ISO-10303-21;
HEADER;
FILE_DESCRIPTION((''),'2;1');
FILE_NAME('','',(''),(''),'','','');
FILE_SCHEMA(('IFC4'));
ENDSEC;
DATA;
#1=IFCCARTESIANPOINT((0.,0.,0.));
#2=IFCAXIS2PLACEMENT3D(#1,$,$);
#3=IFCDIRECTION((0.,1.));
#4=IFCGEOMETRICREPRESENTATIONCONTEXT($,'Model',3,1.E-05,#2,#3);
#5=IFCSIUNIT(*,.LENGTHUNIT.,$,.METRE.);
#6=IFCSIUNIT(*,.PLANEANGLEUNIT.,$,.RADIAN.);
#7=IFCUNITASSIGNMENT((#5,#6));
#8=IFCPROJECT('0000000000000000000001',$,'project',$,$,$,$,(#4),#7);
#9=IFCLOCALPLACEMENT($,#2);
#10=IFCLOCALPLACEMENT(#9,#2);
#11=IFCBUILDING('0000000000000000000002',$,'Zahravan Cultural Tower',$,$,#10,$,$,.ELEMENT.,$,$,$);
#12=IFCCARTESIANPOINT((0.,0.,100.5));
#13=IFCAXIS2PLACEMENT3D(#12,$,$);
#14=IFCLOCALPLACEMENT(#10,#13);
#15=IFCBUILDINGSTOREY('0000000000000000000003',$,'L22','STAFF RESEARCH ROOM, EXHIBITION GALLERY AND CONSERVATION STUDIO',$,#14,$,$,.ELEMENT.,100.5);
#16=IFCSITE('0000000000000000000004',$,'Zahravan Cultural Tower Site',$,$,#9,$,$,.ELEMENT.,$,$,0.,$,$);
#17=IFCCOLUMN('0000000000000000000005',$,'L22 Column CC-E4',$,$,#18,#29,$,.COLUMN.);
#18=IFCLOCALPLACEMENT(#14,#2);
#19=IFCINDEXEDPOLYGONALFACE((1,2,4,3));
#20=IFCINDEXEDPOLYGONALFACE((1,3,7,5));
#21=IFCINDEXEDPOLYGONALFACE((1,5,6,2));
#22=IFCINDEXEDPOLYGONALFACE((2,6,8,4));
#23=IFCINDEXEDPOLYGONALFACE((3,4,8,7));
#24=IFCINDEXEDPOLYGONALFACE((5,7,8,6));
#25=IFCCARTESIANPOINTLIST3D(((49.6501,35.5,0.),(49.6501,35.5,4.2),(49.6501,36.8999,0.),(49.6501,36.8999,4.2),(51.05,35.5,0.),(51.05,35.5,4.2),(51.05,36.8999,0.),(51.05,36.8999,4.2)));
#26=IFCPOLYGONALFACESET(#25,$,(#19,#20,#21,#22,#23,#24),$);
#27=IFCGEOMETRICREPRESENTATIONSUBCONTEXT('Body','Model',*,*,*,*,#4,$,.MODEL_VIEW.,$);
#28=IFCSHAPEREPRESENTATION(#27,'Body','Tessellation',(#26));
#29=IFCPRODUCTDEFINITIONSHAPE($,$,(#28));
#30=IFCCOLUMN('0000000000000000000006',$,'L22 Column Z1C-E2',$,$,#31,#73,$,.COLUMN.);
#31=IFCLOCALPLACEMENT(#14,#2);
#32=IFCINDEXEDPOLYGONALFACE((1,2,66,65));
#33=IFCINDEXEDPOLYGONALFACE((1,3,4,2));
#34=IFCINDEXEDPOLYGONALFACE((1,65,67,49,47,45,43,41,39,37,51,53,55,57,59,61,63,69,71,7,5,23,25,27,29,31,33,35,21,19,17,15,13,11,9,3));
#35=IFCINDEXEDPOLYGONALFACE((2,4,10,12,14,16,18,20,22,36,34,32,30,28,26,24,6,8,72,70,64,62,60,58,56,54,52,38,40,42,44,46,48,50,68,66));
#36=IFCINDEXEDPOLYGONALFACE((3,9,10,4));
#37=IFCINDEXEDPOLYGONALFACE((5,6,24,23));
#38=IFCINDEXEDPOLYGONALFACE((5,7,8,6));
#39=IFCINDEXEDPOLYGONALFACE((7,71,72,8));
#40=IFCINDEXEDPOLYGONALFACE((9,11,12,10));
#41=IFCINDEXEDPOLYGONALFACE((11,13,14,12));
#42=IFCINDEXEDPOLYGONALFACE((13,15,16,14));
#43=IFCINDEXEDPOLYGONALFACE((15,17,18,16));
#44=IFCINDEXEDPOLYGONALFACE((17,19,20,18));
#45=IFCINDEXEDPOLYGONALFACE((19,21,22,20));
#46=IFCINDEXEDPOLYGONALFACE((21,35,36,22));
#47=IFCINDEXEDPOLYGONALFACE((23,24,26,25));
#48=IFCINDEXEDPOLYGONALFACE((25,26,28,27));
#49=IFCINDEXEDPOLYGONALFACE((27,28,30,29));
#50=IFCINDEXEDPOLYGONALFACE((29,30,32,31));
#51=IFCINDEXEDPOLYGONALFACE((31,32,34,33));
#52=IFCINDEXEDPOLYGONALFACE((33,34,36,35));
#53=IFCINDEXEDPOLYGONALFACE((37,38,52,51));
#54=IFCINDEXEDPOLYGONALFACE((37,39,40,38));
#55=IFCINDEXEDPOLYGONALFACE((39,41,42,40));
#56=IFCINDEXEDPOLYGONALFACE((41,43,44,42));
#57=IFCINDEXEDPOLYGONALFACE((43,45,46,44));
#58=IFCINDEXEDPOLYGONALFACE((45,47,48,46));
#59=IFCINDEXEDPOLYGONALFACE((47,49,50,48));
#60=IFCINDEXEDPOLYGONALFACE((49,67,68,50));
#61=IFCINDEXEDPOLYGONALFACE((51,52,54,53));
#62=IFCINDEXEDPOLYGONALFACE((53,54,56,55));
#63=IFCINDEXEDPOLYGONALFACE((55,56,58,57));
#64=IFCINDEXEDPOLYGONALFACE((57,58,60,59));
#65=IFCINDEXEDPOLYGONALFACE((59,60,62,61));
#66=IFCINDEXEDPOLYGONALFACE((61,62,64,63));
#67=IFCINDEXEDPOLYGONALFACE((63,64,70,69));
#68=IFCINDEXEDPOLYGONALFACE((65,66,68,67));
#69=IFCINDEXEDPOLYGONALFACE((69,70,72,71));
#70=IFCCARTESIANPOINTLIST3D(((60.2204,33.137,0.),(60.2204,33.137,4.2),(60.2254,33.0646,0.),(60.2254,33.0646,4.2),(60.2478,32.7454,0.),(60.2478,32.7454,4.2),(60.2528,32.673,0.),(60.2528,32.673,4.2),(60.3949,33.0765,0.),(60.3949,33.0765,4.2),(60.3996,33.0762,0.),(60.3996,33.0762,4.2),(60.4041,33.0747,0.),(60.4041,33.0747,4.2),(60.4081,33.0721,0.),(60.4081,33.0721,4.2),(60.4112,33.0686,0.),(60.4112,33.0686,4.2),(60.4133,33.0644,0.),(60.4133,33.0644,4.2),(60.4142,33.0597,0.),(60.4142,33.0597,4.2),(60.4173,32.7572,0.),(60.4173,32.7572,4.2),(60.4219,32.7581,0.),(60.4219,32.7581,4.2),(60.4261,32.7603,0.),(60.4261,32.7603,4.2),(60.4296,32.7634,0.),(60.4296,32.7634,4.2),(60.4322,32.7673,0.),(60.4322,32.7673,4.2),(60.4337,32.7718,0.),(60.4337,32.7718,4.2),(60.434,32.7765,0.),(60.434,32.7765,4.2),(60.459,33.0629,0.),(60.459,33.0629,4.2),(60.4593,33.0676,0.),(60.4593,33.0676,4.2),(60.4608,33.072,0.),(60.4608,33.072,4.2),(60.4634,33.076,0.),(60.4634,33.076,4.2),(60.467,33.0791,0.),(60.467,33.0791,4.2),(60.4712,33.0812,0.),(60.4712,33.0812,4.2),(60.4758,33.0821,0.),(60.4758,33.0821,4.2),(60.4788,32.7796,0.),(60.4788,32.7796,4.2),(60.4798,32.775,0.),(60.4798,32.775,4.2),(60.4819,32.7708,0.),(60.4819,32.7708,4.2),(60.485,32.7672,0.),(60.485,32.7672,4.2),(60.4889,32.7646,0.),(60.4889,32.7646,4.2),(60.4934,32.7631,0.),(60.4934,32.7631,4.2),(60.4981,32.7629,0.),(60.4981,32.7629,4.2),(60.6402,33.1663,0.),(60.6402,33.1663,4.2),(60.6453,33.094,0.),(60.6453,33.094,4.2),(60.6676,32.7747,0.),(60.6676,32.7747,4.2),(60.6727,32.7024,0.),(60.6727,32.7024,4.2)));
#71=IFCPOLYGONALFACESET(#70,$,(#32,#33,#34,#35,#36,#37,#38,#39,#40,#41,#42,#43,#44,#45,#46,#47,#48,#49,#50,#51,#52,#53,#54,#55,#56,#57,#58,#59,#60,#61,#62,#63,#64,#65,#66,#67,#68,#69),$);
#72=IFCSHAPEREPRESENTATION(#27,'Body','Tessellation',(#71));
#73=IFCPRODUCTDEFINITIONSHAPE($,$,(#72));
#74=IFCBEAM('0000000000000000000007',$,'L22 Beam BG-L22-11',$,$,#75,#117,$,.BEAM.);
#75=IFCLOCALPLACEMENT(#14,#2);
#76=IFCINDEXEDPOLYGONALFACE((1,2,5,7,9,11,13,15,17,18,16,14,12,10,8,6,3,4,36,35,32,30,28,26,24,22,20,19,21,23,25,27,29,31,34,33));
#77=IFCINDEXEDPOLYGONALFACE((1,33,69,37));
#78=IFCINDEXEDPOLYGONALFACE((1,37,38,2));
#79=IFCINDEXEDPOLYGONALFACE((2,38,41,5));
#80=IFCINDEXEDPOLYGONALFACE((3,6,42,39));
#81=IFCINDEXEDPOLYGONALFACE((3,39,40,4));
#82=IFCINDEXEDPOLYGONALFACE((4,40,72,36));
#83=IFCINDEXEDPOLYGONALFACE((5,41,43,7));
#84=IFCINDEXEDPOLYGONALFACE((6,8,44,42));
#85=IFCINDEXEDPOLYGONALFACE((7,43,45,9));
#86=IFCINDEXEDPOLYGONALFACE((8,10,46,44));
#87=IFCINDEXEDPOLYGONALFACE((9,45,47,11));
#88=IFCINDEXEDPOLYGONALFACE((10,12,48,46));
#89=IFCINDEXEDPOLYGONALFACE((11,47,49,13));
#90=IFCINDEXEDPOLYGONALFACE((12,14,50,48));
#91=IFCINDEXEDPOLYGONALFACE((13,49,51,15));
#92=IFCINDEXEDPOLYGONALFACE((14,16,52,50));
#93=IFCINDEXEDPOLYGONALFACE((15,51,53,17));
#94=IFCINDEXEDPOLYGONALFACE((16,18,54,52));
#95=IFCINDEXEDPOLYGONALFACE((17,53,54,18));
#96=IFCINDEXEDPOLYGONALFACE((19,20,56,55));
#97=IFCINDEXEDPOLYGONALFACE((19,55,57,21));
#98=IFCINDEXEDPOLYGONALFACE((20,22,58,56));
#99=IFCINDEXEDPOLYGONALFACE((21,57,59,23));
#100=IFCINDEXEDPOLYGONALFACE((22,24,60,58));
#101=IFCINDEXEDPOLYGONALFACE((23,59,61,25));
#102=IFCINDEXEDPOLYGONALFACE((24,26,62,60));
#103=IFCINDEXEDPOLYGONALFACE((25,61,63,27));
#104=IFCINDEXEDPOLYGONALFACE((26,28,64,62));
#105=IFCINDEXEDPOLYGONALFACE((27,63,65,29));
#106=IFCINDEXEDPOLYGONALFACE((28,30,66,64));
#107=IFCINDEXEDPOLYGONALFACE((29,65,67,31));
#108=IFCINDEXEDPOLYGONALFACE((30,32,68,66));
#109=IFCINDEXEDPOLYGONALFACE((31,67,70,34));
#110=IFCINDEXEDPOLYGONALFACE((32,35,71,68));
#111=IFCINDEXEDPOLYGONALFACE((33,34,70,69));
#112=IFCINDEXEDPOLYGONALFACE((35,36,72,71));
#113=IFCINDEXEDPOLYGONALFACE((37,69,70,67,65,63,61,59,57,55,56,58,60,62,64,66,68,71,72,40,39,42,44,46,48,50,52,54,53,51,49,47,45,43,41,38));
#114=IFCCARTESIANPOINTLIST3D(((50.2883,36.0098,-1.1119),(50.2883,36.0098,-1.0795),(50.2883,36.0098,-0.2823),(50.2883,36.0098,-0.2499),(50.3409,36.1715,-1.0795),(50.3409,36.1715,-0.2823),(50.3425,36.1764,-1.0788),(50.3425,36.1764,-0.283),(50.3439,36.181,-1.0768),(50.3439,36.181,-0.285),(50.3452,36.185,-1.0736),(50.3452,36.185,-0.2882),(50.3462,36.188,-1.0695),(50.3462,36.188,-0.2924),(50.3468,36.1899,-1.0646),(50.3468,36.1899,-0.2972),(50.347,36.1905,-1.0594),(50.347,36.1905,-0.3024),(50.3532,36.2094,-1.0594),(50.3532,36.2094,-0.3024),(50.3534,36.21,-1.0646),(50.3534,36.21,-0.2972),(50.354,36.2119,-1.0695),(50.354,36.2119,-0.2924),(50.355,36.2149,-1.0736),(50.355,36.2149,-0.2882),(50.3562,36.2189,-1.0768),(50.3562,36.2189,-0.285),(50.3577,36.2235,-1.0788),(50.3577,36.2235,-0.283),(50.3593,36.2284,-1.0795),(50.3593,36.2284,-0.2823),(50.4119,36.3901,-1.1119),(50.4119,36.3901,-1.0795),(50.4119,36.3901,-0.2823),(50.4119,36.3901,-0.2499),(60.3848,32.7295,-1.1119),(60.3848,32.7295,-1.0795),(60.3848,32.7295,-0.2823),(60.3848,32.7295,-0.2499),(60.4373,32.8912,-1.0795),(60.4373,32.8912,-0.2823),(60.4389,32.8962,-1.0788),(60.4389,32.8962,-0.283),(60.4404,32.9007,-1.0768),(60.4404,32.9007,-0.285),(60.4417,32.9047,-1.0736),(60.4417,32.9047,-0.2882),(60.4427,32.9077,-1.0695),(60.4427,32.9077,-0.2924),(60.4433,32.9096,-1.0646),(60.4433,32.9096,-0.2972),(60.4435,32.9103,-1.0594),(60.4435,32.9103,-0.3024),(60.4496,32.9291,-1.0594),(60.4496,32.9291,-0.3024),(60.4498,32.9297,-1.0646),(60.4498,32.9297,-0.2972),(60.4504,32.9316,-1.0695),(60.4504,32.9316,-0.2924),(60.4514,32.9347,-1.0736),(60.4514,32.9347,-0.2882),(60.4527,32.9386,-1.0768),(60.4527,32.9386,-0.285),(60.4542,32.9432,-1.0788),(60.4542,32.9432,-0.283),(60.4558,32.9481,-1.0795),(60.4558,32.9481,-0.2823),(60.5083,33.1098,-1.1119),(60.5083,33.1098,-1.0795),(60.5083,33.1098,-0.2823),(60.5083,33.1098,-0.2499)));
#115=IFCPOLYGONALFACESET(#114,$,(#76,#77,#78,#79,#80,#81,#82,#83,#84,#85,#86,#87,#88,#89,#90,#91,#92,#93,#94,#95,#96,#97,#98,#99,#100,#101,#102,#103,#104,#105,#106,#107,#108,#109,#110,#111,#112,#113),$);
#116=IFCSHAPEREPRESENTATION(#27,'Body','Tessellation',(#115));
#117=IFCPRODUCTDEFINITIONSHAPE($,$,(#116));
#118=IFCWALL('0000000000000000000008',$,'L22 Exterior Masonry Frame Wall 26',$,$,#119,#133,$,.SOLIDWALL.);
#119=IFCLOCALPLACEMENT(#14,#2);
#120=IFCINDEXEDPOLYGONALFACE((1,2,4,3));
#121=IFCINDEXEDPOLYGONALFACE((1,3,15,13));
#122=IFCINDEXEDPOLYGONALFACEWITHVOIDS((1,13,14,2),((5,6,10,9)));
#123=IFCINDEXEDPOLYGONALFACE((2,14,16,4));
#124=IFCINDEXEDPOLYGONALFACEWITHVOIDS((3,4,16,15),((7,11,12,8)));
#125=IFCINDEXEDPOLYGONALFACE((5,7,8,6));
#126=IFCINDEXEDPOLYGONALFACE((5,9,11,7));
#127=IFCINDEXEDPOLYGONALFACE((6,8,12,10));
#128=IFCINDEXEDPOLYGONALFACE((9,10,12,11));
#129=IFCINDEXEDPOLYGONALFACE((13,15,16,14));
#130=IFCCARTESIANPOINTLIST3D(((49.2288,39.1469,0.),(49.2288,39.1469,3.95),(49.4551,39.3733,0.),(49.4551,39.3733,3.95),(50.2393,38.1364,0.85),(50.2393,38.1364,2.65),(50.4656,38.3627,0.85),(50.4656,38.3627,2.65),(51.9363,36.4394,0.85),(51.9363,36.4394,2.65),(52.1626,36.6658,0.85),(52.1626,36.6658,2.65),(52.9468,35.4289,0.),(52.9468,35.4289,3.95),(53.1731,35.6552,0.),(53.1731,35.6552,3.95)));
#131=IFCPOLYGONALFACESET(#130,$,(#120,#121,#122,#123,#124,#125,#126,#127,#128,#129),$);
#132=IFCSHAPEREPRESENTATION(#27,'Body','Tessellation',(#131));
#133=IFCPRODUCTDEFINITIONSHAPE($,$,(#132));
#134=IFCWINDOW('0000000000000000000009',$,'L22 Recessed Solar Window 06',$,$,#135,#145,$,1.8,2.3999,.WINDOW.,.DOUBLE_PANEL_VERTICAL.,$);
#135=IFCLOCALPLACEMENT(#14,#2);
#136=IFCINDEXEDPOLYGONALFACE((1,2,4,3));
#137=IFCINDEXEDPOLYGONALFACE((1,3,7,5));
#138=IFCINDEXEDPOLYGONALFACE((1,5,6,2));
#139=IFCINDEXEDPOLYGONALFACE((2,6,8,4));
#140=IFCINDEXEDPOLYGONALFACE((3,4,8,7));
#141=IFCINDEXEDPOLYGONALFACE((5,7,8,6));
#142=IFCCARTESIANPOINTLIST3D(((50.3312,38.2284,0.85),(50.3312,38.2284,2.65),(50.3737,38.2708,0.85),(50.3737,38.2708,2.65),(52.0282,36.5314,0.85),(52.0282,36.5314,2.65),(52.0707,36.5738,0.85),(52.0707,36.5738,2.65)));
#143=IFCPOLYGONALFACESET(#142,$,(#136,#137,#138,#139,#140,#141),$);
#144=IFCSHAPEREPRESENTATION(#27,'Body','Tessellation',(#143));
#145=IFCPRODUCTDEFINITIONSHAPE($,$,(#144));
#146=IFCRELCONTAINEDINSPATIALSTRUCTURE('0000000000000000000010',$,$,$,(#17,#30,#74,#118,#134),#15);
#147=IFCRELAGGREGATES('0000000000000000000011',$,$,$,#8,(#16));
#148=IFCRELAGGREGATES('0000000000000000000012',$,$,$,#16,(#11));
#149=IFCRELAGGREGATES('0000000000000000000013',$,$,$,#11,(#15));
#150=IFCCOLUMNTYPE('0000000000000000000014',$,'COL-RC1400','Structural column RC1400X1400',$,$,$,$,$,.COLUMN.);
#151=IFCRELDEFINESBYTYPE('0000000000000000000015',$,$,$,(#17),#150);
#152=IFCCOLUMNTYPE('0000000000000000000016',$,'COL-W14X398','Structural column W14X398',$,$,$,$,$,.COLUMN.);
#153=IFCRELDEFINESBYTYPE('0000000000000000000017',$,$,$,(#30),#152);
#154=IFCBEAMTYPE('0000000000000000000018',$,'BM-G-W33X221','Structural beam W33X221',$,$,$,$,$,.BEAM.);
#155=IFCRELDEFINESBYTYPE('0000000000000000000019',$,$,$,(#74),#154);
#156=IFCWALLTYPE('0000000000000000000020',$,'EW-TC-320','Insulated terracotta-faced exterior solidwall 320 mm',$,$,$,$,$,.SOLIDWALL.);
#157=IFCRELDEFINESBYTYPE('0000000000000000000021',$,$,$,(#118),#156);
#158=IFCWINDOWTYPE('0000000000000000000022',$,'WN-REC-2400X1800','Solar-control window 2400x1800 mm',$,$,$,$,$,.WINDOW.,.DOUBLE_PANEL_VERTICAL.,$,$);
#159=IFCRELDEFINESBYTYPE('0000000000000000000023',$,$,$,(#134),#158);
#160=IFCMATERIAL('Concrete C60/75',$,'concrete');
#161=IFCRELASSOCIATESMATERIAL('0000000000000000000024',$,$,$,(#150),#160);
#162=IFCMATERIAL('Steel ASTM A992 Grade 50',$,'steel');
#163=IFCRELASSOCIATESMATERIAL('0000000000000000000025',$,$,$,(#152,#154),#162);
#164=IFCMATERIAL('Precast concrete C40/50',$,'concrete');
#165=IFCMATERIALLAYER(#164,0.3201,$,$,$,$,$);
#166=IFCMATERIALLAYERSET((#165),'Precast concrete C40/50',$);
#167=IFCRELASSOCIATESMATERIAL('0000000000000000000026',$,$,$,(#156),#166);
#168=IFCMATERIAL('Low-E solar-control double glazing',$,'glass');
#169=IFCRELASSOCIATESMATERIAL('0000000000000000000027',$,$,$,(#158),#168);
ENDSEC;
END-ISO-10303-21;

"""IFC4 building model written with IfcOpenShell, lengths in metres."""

from ifc_helpers import new_model, si_unit, direction, frame, frame_2d, origin, origin_2d, place, context, subcontext, project, spatial, rectangle, i_section, extrude, source, transform, mapped, material, layer, layer_set, material_profile, profile_set, type_object, element, fill, save


model = new_model("IFC4")

# Units and contexts
model_context = context("Model", 3, precision=1e-05, world=origin(), true_north=direction((0.0, 1.0)))
body_context = subcontext(model_context, "Body", "Model", "MODEL_VIEW")
ifc_project = project(units=[si_unit("LENGTHUNIT", "METRE"), si_unit("PLANEANGLEUNIT", "RADIAN")], contexts=[model_context])

# Site, building, storey
site_placement = place(None, origin())
site = spatial("IfcSite", under=ifc_project, at=site_placement, Name="Zahravan Cultural Tower Site", CompositionType="ELEMENT", RefElevation=0.0)
building_placement = place(site_placement, origin())
building = spatial("IfcBuilding", under=site, at=building_placement, Name="Zahravan Cultural Tower", CompositionType="ELEMENT")
storey_placement = place(building_placement, frame((0.0, 0.0, 100.5)))
storey = spatial("IfcBuildingStorey", under=building, at=storey_placement, Name="L22", Description="STAFF RESEARCH ROOM, EXHIBITION GALLERY AND CONSERVATION STUDIO", CompositionType="ELEMENT", Elevation=100.5)

# Columns
ifc_material_1 = material(Name="Concrete C60/75", Category="concrete")
ifc_material_profile_1 = material_profile(ifc_material_1, rectangle(XDim=1.3999, YDim=1.3999, at=origin_2d()), Name="RC1400X1400")
ifc_profile_set_1 = profile_set([ifc_material_profile_1], Name="Concrete C60/75")
column_type_1 = type_object("IfcColumnType", Name="COL-RC1400", Description="Structural column RC1400X1400", PredefinedType="COLUMN", material=ifc_profile_set_1)
shared_shape_1 = source(origin(), body_context, "Body", "SweptSolid", [
    extrude(rectangle(XDim=1.3999, YDim=1.3999, at=origin_2d()), origin(), (0.0, 0.0, 1.0), 4.2),
])
column_1_placement = place(storey_placement, frame((50.3501, 36.2, 0.0), z_axis=(0.0, 0.0, 1.0), x_axis=(1.0, 0.0, 0.0)))
element("IfcColumn", 1, at=column_1_placement, inside=storey, type_object=column_type_1, Name="L22 Column CC-E4", PredefinedType="COLUMN", context=body_context, shape_type="MappedRepresentation", body=[
    mapped(shared_shape_1, transform((0.0, 0.0, 0.0), x_axis=(1.0, 0.0, 0.0), y_axis=(0.0, 1.0, 0.0), z_axis=(0.0, 0.0, 1.0), scale=1.0)),
])
ifc_material_2 = material(Name="Steel ASTM A992 Grade 50", Category="steel")
ifc_material_profile_2 = material_profile(ifc_material_2, i_section(OverallWidth=0.4209, OverallDepth=0.4651, WebThickness=0.0449, FlangeThickness=0.0725, FilletRadius=0.0181, at=origin_2d()), Name="W14X398")
ifc_profile_set_2 = profile_set([ifc_material_profile_2], Name="Steel ASTM A992 Grade 50")
column_type_2 = type_object("IfcColumnType", Name="COL-W14X398", Description="Structural column W14X398", PredefinedType="COLUMN", material=ifc_profile_set_2)
shared_shape_2 = source(origin(), body_context, "Body", "SweptSolid", [
    extrude(i_section(OverallWidth=0.4209, OverallDepth=0.4651, WebThickness=0.0449, FlangeThickness=0.0725, FilletRadius=0.0181, at=origin_2d()), origin(), (0.0, 0.0, 1.0), 4.2),
])
column_2_placement = place(storey_placement, frame((60.4465, 32.9197, 0.0), z_axis=(0.0, 0.0, 1.0), x_axis=(0.997564, 0.069756, 0.0)))
element("IfcColumn", 2, at=column_2_placement, inside=storey, type_object=column_type_2, Name="L22 Column Z1C-E2", PredefinedType="COLUMN", context=body_context, shape_type="MappedRepresentation", body=[
    mapped(shared_shape_2, transform((0.0, 0.0, 0.0), x_axis=(1.0, 0.0, 0.0), y_axis=(0.0, 1.0, 0.0), z_axis=(0.0, 0.0, 1.0), scale=1.0)),
])

# Beam
ifc_material_profile_3 = material_profile(ifc_material_2, i_section(OverallWidth=0.3999, OverallDepth=0.8621, WebThickness=0.0198, FlangeThickness=0.0325, FilletRadius=0.02, at=origin_2d()), Name="W33X221")
ifc_profile_set_3 = profile_set([ifc_material_profile_3], Name="Steel ASTM A992 Grade 50")
beam_type = type_object("IfcBeamType", Name="BM-G-W33X221", Description="Structural beam W33X221", PredefinedType="BEAM", material=ifc_profile_set_3)
shared_shape_3 = source(origin(), body_context, "Body", "SweptSolid", [
    extrude(i_section(OverallWidth=0.3999, OverallDepth=0.8621, WebThickness=0.0198, FlangeThickness=0.0325, FilletRadius=0.02, at=origin_2d()), origin(), (0.0, 0.0, 1.0), 10.616),
])
beam_placement = place(storey_placement, frame((50.3501, 36.2, -0.6809), z_axis=(0.951064, -0.308995, 0.0), x_axis=(0.308995, 0.951064, 0.0)))
element("IfcBeam", 3, at=beam_placement, inside=storey, type_object=beam_type, Name="L22 Beam BG-L22-11", PredefinedType="BEAM", context=body_context, shape_type="MappedRepresentation", body=[
    mapped(shared_shape_3, transform((0.0, 0.0, 0.0), x_axis=(1.0, 0.0, 0.0), y_axis=(0.0, 1.0, 0.0), z_axis=(0.0, 0.0, 1.0), scale=1.0)),
])

# Wall, opening, window
ifc_material_3 = material(Name="Precast concrete C40/50", Category="concrete")
ifc_layer_1 = layer(ifc_material_3, 0.3201)
ifc_layer_set_1 = layer_set([ifc_layer_1], Name="Precast concrete C40/50")
wall_type_1 = type_object("IfcWallType", Name="EW-TC-320", Description="Insulated terracotta-faced exterior solidwall 320 mm", PredefinedType="SOLIDWALL", material=ifc_layer_set_1)
wall_1_placement = place(storey_placement, frame((49.342, 39.26, 0.0), z_axis=(0.0, 0.0, 1.0), x_axis=(0.707107, -0.707107, 0.0)))
wall_1 = element("IfcWall", 4, at=wall_1_placement, inside=storey, type_object=wall_type_1, Name="L22 Exterior Masonry Frame Wall 26", PredefinedType="SOLIDWALL", context=body_context, shape_type="SweptSolid", body=[
    extrude(rectangle(XDim=5.2581, YDim=0.3201, at=frame_2d((2.6289, 0.0))), origin(), (0.0, 0.0, 1.0), 3.95),
])
opening_1_placement = place(wall_1_placement, frame((1.429, 0.0, 0.8501)))
opening_1 = element("IfcOpeningElement", 5, at=opening_1_placement, cuts=wall_1, PredefinedType="OPENING", context=body_context, shape_type="SweptSolid", body=[
    extrude(rectangle(XDim=2.3999, YDim=1.8, at=frame_2d((1.2, 0.8999))), frame((0.0, 0.1699, 0.0), z_axis=(0.0, -1.0, 0.0), x_axis=(1.0, 0.0, 0.0)), (0.0, 0.0, 1.0), 0.3401),
])
ifc_material_4 = material(Name="Low-E solar-control double glazing", Category="glass")
window_type = type_object("IfcWindowType", Name="WN-REC-2400X1800", Description="Solar-control window 2400x1800 mm", PartitioningType="DOUBLE_PANEL_VERTICAL", PredefinedType="WINDOW", material=ifc_material_4)
shared_shape_4 = source(origin(), body_context, "Body", "SweptSolid", [
    extrude(rectangle(XDim=2.3999, YDim=1.8, at=frame_2d((1.2, 0.8999))), frame((0.0, 0.03, 0.0), z_axis=(0.0, -1.0, 0.0), x_axis=(1.0, 0.0, 0.0)), (0.0, 0.0, 1.0), 0.0601),
])
window_1_placement = place(opening_1_placement, origin())
window_1 = element("IfcWindow", 6, at=window_1_placement, inside=storey, type_object=window_type, Name="L22 Recessed Solar Window 06", OverallHeight=1.8, OverallWidth=2.3999, PartitioningType="DOUBLE_PANEL_VERTICAL", PredefinedType="WINDOW", context=body_context, shape_type="MappedRepresentation", body=[
    mapped(shared_shape_4, transform((0.0, 0.0, 0.0), x_axis=(1.0, 0.0, 0.0), y_axis=(0.0, 1.0, 0.0), z_axis=(0.0, 0.0, 1.0), scale=1.0)),
])
fill(opening_1, window_1)

save(model, "model.ifc")
